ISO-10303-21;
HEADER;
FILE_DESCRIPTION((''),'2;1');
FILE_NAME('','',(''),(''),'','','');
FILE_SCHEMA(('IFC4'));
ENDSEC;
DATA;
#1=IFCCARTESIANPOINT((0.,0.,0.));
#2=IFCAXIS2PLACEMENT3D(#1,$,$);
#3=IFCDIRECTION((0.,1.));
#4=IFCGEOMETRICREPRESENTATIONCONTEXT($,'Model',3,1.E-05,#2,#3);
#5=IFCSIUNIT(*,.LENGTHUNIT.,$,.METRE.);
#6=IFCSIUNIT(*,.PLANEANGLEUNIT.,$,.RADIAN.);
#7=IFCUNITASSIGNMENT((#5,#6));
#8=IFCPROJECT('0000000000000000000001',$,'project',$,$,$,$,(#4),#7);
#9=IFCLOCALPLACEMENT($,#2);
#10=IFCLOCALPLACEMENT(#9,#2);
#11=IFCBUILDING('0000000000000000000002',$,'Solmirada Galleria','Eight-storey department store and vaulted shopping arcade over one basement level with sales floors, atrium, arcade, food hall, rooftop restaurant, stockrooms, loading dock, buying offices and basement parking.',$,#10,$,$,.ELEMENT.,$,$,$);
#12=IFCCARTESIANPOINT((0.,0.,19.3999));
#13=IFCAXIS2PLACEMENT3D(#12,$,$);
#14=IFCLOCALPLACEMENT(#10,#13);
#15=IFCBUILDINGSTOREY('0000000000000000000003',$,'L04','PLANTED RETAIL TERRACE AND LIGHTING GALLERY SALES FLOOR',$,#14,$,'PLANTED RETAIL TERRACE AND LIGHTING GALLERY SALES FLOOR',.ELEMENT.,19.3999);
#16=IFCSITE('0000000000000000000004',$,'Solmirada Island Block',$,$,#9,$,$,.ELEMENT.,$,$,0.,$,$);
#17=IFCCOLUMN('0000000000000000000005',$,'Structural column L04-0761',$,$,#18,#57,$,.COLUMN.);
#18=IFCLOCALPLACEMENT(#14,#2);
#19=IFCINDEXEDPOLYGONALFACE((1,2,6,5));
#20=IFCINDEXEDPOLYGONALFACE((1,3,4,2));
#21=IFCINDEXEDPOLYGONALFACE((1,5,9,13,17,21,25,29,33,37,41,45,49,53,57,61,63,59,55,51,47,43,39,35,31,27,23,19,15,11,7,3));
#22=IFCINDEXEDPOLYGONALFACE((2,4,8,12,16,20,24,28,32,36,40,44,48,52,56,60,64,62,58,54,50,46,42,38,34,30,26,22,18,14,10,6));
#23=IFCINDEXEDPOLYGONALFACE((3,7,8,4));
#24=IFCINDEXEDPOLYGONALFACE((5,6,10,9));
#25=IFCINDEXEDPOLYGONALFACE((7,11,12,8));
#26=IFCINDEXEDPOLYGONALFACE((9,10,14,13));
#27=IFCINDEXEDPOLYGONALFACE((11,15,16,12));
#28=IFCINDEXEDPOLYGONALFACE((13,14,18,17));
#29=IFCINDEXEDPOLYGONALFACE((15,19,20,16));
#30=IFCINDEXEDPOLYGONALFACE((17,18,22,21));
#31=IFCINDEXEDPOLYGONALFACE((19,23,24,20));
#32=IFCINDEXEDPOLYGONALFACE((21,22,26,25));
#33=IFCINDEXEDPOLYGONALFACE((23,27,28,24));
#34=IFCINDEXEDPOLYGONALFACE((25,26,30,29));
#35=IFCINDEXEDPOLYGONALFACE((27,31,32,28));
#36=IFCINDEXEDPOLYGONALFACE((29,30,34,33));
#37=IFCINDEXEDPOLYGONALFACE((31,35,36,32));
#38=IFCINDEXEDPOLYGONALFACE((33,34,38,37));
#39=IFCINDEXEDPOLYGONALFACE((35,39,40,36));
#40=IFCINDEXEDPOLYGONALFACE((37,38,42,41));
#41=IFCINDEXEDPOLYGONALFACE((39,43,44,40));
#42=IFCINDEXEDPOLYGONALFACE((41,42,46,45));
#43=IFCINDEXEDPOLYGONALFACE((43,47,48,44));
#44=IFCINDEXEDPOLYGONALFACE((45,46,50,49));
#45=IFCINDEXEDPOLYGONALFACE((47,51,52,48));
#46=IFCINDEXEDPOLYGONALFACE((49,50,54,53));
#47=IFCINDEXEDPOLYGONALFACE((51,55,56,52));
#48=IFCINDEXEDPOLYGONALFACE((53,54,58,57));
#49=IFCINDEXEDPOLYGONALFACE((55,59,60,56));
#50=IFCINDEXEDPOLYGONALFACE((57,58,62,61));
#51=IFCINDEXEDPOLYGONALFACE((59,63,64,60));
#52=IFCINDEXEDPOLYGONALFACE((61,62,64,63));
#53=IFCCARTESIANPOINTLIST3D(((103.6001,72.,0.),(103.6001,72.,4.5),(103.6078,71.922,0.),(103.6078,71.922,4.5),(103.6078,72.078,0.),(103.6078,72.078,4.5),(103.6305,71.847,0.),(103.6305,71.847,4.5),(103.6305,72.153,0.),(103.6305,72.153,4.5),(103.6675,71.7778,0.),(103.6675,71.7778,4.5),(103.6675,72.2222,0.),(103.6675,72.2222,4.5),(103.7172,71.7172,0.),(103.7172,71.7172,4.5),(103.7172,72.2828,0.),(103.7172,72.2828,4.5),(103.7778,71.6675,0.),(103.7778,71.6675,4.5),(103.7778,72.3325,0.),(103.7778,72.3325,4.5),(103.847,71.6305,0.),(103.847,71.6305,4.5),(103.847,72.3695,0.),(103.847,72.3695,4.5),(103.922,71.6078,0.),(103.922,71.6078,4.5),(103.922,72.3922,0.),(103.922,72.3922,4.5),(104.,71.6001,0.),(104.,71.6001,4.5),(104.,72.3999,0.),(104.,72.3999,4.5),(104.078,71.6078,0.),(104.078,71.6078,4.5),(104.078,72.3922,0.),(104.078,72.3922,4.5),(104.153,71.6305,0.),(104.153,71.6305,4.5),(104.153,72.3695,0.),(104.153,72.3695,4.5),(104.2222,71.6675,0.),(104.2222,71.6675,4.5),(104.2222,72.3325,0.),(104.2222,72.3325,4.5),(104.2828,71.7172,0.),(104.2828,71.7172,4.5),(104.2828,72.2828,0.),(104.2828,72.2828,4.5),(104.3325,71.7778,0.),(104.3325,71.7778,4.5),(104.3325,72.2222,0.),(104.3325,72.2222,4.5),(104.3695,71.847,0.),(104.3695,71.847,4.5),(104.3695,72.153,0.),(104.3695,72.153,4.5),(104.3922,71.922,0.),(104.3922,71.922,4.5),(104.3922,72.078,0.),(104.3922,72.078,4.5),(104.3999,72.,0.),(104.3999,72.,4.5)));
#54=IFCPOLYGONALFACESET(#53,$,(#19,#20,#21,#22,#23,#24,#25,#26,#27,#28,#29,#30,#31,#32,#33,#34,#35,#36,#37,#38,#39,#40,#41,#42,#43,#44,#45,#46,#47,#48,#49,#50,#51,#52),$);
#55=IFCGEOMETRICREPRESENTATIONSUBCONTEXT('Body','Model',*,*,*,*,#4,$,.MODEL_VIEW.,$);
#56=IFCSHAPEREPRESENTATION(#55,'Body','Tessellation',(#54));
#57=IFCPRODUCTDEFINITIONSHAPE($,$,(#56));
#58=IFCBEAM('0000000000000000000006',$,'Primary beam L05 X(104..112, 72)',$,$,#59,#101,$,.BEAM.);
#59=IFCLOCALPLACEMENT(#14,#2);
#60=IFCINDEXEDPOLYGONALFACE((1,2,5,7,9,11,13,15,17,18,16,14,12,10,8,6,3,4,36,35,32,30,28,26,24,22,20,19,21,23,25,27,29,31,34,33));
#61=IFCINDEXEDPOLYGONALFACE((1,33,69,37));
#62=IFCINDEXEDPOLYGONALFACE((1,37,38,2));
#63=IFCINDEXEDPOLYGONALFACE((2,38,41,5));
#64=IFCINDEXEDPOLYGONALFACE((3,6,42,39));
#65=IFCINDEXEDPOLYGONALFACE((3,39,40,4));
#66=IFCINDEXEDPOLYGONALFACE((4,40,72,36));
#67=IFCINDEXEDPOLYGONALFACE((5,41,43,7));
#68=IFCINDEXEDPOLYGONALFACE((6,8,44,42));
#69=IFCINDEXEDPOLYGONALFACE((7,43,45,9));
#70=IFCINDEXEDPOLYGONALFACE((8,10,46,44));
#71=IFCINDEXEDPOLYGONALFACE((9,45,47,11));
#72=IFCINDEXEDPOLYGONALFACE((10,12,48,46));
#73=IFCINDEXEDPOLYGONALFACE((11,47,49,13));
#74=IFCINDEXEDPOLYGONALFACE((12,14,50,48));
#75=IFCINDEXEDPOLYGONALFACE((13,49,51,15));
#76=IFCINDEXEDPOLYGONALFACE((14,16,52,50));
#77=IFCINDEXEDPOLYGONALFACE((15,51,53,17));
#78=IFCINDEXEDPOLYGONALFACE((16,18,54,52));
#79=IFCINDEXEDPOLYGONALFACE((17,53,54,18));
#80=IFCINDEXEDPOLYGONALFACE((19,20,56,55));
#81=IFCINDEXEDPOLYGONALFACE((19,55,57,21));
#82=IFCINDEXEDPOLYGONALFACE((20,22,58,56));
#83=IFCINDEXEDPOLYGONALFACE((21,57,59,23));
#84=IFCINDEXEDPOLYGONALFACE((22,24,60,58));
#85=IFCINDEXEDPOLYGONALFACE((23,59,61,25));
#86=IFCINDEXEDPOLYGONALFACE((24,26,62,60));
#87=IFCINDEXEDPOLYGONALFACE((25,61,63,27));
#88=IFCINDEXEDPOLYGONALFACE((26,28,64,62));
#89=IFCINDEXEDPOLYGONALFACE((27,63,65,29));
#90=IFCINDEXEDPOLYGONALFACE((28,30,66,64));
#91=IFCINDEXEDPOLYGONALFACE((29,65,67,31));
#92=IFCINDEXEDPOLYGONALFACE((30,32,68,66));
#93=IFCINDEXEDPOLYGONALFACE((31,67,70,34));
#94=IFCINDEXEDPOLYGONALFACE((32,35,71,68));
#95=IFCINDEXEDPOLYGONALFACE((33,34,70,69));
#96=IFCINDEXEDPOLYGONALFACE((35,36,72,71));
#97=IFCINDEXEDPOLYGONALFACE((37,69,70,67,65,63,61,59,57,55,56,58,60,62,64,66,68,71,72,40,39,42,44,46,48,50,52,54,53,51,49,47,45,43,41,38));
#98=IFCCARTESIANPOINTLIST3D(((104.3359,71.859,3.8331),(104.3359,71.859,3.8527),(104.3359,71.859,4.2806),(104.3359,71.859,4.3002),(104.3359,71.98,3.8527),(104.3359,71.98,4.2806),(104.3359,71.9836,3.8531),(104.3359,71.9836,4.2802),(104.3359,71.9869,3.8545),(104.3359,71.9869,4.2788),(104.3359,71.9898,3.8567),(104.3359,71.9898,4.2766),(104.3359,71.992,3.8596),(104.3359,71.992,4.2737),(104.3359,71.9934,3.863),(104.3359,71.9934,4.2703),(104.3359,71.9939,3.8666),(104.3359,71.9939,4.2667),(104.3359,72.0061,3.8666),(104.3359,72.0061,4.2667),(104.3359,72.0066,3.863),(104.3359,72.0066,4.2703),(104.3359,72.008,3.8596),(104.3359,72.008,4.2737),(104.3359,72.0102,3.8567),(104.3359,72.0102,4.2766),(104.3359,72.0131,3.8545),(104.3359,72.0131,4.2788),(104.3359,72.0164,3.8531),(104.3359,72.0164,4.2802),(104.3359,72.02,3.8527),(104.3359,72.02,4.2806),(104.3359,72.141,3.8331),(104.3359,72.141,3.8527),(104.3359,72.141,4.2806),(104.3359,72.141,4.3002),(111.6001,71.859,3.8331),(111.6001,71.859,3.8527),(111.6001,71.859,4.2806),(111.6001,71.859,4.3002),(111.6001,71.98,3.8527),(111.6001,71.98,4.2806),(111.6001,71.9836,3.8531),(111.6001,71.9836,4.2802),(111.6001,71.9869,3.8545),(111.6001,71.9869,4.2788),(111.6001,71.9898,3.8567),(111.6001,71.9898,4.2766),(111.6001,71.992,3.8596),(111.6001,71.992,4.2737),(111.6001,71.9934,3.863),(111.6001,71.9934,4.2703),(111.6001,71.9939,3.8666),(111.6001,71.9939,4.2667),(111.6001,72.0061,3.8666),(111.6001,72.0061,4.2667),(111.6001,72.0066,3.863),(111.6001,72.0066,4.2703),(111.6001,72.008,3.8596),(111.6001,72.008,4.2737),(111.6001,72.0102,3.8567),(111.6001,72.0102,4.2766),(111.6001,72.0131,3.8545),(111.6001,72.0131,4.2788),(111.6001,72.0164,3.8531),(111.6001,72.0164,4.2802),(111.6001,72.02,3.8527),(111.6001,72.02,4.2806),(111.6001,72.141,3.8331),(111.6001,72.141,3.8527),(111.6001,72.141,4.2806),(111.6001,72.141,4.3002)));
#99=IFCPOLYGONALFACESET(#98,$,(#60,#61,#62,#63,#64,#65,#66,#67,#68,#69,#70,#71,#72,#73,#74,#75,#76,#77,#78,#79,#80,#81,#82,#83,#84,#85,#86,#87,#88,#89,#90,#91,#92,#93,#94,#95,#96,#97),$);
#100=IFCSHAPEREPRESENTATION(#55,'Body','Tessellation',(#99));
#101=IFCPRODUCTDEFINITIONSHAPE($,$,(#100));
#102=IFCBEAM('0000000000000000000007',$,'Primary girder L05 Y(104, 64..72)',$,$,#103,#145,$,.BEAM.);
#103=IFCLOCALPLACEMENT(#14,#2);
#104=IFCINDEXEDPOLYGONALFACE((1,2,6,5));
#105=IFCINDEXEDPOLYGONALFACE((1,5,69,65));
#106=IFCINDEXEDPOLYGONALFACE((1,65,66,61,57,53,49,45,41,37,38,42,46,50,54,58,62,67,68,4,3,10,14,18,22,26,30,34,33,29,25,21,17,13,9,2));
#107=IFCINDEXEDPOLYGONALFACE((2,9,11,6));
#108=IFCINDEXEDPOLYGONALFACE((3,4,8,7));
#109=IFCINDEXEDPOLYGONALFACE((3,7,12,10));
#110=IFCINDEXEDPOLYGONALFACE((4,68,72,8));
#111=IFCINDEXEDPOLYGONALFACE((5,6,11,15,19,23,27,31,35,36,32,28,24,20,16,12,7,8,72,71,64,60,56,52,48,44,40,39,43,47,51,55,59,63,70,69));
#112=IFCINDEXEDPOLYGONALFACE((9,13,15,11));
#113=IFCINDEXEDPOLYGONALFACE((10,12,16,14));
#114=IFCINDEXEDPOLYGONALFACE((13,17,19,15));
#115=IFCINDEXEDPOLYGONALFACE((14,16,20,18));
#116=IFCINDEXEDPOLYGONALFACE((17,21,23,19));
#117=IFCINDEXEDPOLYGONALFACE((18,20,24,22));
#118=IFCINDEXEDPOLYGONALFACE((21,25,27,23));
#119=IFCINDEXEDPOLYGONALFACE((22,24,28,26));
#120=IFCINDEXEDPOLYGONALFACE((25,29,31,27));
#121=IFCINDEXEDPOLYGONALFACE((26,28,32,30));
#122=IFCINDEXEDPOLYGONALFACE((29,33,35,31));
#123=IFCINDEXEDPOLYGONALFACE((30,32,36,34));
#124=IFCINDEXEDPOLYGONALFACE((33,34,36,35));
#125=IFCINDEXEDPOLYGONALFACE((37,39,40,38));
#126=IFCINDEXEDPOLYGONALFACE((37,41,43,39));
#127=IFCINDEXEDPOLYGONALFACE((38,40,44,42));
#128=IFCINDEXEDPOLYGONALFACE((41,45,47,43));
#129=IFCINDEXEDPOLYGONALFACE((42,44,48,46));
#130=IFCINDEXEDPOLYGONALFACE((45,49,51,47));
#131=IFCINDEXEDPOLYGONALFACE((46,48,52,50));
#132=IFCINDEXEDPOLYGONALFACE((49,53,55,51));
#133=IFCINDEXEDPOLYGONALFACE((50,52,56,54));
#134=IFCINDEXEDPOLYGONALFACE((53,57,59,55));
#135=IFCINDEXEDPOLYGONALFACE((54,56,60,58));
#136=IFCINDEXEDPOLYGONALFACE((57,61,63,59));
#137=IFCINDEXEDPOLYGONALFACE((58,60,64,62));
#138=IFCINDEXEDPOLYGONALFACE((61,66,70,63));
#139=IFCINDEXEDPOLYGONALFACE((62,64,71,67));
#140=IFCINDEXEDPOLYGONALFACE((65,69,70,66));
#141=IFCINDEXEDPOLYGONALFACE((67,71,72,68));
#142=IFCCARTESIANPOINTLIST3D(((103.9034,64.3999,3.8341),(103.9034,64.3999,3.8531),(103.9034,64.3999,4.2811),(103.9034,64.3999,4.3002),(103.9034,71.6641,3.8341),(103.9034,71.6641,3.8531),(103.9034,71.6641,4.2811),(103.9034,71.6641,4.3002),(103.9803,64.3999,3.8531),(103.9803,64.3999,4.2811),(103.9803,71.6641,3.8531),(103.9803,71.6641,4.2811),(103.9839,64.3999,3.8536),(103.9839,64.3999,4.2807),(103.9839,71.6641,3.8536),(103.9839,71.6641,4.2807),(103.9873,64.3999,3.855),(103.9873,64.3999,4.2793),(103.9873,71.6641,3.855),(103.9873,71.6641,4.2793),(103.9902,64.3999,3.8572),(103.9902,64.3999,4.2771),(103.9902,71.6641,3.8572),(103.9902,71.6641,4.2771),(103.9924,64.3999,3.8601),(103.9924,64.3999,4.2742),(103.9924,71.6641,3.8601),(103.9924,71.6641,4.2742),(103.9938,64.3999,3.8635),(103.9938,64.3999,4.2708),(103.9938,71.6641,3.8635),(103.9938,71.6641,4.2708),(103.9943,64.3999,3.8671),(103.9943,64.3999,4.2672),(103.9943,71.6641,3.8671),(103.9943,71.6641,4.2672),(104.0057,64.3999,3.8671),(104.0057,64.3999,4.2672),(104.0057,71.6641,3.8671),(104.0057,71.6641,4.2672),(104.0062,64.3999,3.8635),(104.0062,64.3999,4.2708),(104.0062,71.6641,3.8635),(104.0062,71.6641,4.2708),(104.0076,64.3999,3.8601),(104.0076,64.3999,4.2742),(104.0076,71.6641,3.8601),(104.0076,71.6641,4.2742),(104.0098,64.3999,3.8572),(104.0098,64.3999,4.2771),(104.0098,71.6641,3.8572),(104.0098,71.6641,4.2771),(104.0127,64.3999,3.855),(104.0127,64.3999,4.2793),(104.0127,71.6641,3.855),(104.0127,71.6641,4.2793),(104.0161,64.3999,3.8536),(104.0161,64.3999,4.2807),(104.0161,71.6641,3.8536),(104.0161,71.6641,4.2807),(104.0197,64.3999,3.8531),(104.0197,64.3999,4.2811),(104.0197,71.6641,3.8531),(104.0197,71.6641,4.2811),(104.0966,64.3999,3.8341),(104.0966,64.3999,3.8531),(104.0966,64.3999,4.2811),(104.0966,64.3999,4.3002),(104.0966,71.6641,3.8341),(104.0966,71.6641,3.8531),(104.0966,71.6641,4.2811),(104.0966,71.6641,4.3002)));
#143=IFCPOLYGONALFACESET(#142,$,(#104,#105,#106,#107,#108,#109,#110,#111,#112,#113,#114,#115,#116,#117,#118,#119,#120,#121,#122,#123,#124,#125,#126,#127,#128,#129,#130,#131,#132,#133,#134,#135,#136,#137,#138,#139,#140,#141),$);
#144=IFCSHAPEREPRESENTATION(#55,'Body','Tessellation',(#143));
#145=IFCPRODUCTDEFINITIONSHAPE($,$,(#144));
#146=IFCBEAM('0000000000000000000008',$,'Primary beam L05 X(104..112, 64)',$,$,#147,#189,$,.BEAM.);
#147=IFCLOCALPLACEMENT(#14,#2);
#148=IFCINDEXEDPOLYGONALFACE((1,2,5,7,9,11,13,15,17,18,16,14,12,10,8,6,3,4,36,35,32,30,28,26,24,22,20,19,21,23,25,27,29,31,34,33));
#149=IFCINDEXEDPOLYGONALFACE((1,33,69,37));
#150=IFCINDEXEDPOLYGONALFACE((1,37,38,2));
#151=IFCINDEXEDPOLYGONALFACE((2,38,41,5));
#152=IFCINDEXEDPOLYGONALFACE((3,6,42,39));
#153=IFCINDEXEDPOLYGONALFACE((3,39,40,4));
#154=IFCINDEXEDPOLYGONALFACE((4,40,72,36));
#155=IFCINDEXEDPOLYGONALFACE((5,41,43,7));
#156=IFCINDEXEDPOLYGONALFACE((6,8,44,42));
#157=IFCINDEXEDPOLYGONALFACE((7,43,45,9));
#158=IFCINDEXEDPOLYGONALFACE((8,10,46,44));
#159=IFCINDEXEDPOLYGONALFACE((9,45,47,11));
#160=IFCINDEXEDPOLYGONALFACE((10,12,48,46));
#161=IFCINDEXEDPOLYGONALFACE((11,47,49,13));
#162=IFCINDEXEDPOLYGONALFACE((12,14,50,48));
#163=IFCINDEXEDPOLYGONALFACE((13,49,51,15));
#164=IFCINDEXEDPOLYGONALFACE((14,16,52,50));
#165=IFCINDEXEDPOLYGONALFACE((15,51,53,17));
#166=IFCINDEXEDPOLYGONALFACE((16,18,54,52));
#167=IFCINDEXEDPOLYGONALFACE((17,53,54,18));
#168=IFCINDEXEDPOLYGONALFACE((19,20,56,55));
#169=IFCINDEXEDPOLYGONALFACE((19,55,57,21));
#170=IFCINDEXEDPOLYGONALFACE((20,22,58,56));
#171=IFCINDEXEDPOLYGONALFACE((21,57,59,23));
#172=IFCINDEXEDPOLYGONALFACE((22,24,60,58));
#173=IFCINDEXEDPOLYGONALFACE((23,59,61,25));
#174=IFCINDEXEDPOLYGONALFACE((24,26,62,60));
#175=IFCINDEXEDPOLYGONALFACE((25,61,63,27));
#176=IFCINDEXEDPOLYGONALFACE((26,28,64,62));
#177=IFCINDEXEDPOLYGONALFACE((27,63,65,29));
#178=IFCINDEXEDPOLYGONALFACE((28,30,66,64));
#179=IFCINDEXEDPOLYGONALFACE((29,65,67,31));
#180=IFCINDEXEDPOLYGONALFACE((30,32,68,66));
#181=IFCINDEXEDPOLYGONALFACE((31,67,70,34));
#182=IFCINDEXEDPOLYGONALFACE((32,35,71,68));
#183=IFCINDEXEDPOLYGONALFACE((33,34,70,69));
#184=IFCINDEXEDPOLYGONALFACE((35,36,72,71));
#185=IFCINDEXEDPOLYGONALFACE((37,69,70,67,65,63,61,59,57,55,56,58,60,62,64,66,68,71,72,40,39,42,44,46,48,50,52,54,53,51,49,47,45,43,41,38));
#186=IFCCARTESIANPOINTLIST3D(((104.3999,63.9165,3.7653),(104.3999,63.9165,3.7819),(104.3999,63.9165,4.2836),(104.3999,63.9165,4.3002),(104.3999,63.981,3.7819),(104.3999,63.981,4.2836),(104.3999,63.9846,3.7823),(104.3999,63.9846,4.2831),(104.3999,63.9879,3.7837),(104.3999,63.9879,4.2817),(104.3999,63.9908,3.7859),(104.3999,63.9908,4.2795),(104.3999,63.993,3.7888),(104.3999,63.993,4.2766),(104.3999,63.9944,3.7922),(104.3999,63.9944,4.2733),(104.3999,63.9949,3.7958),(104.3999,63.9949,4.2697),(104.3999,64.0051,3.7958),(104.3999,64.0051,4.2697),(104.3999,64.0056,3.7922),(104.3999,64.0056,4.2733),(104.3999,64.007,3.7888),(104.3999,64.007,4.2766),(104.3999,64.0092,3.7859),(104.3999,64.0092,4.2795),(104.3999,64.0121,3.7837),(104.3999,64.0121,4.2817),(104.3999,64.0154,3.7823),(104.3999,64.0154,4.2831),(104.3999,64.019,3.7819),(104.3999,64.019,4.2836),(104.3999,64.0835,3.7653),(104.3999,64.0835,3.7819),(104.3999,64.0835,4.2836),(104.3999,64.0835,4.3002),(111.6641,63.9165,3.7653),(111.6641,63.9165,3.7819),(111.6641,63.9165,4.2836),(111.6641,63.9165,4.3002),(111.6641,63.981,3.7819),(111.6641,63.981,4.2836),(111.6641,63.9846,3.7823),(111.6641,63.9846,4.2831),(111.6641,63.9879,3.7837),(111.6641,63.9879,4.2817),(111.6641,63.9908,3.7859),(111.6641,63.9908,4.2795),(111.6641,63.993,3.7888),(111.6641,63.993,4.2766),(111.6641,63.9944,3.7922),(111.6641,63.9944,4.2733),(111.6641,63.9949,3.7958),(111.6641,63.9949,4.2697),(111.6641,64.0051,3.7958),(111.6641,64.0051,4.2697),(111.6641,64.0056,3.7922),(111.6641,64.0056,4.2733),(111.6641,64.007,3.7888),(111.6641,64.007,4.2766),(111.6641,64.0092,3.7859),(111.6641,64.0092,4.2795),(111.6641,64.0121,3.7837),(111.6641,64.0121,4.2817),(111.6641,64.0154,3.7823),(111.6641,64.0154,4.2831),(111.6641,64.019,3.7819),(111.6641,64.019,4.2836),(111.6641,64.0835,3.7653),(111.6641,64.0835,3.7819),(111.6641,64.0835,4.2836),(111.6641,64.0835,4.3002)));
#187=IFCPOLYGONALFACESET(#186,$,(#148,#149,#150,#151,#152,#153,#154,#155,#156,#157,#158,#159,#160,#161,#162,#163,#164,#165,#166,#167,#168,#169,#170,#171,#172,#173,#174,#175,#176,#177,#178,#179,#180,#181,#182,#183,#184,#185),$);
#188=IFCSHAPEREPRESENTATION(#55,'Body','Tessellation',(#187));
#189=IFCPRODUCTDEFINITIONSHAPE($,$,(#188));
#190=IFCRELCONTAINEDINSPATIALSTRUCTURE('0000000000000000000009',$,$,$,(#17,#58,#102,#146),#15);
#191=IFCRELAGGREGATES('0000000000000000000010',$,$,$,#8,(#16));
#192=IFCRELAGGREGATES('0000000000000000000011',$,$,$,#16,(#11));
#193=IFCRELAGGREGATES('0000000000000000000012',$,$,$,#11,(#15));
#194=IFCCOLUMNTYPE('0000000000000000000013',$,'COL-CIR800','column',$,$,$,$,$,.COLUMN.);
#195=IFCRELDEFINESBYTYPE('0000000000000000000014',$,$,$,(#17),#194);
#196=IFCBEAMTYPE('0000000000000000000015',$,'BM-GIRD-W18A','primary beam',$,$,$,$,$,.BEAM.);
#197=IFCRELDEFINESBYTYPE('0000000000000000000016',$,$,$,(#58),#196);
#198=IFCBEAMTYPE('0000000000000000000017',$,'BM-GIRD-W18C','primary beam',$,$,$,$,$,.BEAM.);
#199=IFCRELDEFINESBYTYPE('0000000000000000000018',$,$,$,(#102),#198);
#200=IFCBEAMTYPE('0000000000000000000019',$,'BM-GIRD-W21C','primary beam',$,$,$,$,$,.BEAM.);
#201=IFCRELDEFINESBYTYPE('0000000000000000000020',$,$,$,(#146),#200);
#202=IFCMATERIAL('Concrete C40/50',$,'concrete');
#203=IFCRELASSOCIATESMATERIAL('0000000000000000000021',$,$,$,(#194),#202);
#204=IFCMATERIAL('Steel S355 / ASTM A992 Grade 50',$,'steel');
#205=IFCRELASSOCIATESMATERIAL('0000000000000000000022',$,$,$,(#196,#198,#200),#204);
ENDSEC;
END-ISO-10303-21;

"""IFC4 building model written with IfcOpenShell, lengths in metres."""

from ifc_helpers import new_model, si_unit, direction, frame, origin, origin_2d, place, context, subcontext, project, spatial, circle, i_section, extrude, material, material_profile, profile_set, type_object, element, save


model = new_model("IFC4")

# Units and contexts
model_context = context("Model", 3, precision=1e-05, world=origin(), true_north=direction((0.0, 1.0)))
body_context = subcontext(model_context, "Body", "Model", "MODEL_VIEW")
ifc_project = project(units=[si_unit("LENGTHUNIT", "METRE"), si_unit("PLANEANGLEUNIT", "RADIAN")], contexts=[model_context])

# Site, building, storey
site_placement = place(None, origin())
site = spatial("IfcSite", under=ifc_project, at=site_placement, Name="Solmirada Island Block", CompositionType="ELEMENT", RefElevation=0.0)
building_placement = place(site_placement, origin())
building = spatial("IfcBuilding", under=site, at=building_placement, Name="Solmirada Galleria", Description="Eight-storey department store and vaulted shopping arcade over one basement level with sales floors, atrium, arcade, food hall, rooftop restaurant, stockrooms, loading dock, buying offices and basement parking.", CompositionType="ELEMENT")
storey_placement = place(building_placement, frame((0.0, 0.0, 19.3999)))
storey = spatial("IfcBuildingStorey", under=building, at=storey_placement, Name="L04", Description="PLANTED RETAIL TERRACE AND LIGHTING GALLERY SALES FLOOR", LongName="PLANTED RETAIL TERRACE AND LIGHTING GALLERY SALES FLOOR", CompositionType="ELEMENT", Elevation=19.3999)

# Column
ifc_material_1 = material(Name="Concrete C40/50", Category="concrete")
ifc_material_profile_1 = material_profile(ifc_material_1, circle(Radius=0.3999, at=origin_2d()), Name="RCCOL800")
ifc_profile_set_1 = profile_set([ifc_material_profile_1], Name="Concrete C40/50")
column_type = type_object("IfcColumnType", Name="COL-CIR800", Description="column", PredefinedType="COLUMN", material=ifc_profile_set_1)
column_placement = place(storey_placement, frame((104.0, 72.0, 0.0), z_axis=(0.0, 0.0, 1.0), x_axis=(1.0, 0.0, 0.0)))
element("IfcColumn", 1, at=column_placement, inside=storey, type_object=column_type, Name="Structural column L04-0761", PredefinedType="COLUMN", context=body_context, shape_type="SweptSolid", body=[
    extrude(circle(Radius=0.3999, at=origin_2d()), origin(), (0.0, 0.0, 1.0), 4.5),
])

# Beams
ifc_material_2 = material(Name="Steel S355 / ASTM A992 Grade 50", Category="steel")
ifc_material_profile_2 = material_profile(ifc_material_2, i_section(OverallWidth=0.282, OverallDepth=0.467, WebThickness=0.0122, FlangeThickness=0.0195, FilletRadius=0.0139, at=origin_2d()), Name="W18X86")
ifc_profile_set_2 = profile_set([ifc_material_profile_2], Name="Steel S355 / ASTM A992 Grade 50")
beam_type_1 = type_object("IfcBeamType", Name="BM-GIRD-W18A", Description="primary beam", PredefinedType="BEAM", material=ifc_profile_set_2)
beam_1_placement = place(storey_placement, frame((104.3359, 72.0, 4.0667), z_axis=(1.0, 0.0, 0.0), x_axis=(0.0, 1.0, 0.0)))
element("IfcBeam", 2, at=beam_1_placement, inside=storey, type_object=beam_type_1, Name="Primary beam L05 X(104..112, 72)", PredefinedType="BEAM", context=body_context, shape_type="SweptSolid", body=[
    extrude(i_section(OverallWidth=0.282, OverallDepth=0.467, WebThickness=0.0122, FlangeThickness=0.0195, FilletRadius=0.0139, at=origin_2d()), origin(), (0.0, 0.0, 1.0), 7.2642),
])
ifc_material_profile_3 = material_profile(ifc_material_2, i_section(OverallWidth=0.1931, OverallDepth=0.4661, WebThickness=0.0115, FlangeThickness=0.019, FilletRadius=0.0139, at=origin_2d()), Name="W18X65")
ifc_profile_set_3 = profile_set([ifc_material_profile_3], Name="Steel S355 / ASTM A992 Grade 50")
beam_type_2 = type_object("IfcBeamType", Name="BM-GIRD-W18C", Description="primary beam", PredefinedType="BEAM", material=ifc_profile_set_3)
beam_2_placement = place(storey_placement, frame((104.0, 64.3999, 4.0671), z_axis=(0.0, 1.0, 0.0), x_axis=(-1.0, 0.0, 0.0)))
element("IfcBeam", 3, at=beam_2_placement, inside=storey, type_object=beam_type_2, Name="Primary girder L05 Y(104, 64..72)", PredefinedType="BEAM", context=body_context, shape_type="SweptSolid", body=[
    extrude(i_section(OverallWidth=0.1931, OverallDepth=0.4661, WebThickness=0.0115, FlangeThickness=0.019, FilletRadius=0.0139, at=origin_2d()), origin(), (0.0, 0.0, 1.0), 7.2642),
])
ifc_material_profile_4 = material_profile(ifc_material_2, i_section(OverallWidth=0.167, OverallDepth=0.5349, WebThickness=0.0103, FlangeThickness=0.0166, FilletRadius=0.0139, at=origin_2d()), Name="W21X57")
ifc_profile_set_4 = profile_set([ifc_material_profile_4], Name="Steel S355 / ASTM A992 Grade 50")
beam_type_3 = type_object("IfcBeamType", Name="BM-GIRD-W21C", Description="primary beam", PredefinedType="BEAM", material=ifc_profile_set_4)
beam_3_placement = place(storey_placement, frame((104.3999, 64.0, 4.0327), z_axis=(1.0, 0.0, 0.0), x_axis=(0.0, 1.0, 0.0)))
element("IfcBeam", 4, at=beam_3_placement, inside=storey, type_object=beam_type_3, Name="Primary beam L05 X(104..112, 64)", PredefinedType="BEAM", context=body_context, shape_type="SweptSolid", body=[
    extrude(i_section(OverallWidth=0.167, OverallDepth=0.5349, WebThickness=0.0103, FlangeThickness=0.0166, FilletRadius=0.0139, at=origin_2d()), origin(), (0.0, 0.0, 1.0), 7.2642),
])

save(model, "model.ifc")
